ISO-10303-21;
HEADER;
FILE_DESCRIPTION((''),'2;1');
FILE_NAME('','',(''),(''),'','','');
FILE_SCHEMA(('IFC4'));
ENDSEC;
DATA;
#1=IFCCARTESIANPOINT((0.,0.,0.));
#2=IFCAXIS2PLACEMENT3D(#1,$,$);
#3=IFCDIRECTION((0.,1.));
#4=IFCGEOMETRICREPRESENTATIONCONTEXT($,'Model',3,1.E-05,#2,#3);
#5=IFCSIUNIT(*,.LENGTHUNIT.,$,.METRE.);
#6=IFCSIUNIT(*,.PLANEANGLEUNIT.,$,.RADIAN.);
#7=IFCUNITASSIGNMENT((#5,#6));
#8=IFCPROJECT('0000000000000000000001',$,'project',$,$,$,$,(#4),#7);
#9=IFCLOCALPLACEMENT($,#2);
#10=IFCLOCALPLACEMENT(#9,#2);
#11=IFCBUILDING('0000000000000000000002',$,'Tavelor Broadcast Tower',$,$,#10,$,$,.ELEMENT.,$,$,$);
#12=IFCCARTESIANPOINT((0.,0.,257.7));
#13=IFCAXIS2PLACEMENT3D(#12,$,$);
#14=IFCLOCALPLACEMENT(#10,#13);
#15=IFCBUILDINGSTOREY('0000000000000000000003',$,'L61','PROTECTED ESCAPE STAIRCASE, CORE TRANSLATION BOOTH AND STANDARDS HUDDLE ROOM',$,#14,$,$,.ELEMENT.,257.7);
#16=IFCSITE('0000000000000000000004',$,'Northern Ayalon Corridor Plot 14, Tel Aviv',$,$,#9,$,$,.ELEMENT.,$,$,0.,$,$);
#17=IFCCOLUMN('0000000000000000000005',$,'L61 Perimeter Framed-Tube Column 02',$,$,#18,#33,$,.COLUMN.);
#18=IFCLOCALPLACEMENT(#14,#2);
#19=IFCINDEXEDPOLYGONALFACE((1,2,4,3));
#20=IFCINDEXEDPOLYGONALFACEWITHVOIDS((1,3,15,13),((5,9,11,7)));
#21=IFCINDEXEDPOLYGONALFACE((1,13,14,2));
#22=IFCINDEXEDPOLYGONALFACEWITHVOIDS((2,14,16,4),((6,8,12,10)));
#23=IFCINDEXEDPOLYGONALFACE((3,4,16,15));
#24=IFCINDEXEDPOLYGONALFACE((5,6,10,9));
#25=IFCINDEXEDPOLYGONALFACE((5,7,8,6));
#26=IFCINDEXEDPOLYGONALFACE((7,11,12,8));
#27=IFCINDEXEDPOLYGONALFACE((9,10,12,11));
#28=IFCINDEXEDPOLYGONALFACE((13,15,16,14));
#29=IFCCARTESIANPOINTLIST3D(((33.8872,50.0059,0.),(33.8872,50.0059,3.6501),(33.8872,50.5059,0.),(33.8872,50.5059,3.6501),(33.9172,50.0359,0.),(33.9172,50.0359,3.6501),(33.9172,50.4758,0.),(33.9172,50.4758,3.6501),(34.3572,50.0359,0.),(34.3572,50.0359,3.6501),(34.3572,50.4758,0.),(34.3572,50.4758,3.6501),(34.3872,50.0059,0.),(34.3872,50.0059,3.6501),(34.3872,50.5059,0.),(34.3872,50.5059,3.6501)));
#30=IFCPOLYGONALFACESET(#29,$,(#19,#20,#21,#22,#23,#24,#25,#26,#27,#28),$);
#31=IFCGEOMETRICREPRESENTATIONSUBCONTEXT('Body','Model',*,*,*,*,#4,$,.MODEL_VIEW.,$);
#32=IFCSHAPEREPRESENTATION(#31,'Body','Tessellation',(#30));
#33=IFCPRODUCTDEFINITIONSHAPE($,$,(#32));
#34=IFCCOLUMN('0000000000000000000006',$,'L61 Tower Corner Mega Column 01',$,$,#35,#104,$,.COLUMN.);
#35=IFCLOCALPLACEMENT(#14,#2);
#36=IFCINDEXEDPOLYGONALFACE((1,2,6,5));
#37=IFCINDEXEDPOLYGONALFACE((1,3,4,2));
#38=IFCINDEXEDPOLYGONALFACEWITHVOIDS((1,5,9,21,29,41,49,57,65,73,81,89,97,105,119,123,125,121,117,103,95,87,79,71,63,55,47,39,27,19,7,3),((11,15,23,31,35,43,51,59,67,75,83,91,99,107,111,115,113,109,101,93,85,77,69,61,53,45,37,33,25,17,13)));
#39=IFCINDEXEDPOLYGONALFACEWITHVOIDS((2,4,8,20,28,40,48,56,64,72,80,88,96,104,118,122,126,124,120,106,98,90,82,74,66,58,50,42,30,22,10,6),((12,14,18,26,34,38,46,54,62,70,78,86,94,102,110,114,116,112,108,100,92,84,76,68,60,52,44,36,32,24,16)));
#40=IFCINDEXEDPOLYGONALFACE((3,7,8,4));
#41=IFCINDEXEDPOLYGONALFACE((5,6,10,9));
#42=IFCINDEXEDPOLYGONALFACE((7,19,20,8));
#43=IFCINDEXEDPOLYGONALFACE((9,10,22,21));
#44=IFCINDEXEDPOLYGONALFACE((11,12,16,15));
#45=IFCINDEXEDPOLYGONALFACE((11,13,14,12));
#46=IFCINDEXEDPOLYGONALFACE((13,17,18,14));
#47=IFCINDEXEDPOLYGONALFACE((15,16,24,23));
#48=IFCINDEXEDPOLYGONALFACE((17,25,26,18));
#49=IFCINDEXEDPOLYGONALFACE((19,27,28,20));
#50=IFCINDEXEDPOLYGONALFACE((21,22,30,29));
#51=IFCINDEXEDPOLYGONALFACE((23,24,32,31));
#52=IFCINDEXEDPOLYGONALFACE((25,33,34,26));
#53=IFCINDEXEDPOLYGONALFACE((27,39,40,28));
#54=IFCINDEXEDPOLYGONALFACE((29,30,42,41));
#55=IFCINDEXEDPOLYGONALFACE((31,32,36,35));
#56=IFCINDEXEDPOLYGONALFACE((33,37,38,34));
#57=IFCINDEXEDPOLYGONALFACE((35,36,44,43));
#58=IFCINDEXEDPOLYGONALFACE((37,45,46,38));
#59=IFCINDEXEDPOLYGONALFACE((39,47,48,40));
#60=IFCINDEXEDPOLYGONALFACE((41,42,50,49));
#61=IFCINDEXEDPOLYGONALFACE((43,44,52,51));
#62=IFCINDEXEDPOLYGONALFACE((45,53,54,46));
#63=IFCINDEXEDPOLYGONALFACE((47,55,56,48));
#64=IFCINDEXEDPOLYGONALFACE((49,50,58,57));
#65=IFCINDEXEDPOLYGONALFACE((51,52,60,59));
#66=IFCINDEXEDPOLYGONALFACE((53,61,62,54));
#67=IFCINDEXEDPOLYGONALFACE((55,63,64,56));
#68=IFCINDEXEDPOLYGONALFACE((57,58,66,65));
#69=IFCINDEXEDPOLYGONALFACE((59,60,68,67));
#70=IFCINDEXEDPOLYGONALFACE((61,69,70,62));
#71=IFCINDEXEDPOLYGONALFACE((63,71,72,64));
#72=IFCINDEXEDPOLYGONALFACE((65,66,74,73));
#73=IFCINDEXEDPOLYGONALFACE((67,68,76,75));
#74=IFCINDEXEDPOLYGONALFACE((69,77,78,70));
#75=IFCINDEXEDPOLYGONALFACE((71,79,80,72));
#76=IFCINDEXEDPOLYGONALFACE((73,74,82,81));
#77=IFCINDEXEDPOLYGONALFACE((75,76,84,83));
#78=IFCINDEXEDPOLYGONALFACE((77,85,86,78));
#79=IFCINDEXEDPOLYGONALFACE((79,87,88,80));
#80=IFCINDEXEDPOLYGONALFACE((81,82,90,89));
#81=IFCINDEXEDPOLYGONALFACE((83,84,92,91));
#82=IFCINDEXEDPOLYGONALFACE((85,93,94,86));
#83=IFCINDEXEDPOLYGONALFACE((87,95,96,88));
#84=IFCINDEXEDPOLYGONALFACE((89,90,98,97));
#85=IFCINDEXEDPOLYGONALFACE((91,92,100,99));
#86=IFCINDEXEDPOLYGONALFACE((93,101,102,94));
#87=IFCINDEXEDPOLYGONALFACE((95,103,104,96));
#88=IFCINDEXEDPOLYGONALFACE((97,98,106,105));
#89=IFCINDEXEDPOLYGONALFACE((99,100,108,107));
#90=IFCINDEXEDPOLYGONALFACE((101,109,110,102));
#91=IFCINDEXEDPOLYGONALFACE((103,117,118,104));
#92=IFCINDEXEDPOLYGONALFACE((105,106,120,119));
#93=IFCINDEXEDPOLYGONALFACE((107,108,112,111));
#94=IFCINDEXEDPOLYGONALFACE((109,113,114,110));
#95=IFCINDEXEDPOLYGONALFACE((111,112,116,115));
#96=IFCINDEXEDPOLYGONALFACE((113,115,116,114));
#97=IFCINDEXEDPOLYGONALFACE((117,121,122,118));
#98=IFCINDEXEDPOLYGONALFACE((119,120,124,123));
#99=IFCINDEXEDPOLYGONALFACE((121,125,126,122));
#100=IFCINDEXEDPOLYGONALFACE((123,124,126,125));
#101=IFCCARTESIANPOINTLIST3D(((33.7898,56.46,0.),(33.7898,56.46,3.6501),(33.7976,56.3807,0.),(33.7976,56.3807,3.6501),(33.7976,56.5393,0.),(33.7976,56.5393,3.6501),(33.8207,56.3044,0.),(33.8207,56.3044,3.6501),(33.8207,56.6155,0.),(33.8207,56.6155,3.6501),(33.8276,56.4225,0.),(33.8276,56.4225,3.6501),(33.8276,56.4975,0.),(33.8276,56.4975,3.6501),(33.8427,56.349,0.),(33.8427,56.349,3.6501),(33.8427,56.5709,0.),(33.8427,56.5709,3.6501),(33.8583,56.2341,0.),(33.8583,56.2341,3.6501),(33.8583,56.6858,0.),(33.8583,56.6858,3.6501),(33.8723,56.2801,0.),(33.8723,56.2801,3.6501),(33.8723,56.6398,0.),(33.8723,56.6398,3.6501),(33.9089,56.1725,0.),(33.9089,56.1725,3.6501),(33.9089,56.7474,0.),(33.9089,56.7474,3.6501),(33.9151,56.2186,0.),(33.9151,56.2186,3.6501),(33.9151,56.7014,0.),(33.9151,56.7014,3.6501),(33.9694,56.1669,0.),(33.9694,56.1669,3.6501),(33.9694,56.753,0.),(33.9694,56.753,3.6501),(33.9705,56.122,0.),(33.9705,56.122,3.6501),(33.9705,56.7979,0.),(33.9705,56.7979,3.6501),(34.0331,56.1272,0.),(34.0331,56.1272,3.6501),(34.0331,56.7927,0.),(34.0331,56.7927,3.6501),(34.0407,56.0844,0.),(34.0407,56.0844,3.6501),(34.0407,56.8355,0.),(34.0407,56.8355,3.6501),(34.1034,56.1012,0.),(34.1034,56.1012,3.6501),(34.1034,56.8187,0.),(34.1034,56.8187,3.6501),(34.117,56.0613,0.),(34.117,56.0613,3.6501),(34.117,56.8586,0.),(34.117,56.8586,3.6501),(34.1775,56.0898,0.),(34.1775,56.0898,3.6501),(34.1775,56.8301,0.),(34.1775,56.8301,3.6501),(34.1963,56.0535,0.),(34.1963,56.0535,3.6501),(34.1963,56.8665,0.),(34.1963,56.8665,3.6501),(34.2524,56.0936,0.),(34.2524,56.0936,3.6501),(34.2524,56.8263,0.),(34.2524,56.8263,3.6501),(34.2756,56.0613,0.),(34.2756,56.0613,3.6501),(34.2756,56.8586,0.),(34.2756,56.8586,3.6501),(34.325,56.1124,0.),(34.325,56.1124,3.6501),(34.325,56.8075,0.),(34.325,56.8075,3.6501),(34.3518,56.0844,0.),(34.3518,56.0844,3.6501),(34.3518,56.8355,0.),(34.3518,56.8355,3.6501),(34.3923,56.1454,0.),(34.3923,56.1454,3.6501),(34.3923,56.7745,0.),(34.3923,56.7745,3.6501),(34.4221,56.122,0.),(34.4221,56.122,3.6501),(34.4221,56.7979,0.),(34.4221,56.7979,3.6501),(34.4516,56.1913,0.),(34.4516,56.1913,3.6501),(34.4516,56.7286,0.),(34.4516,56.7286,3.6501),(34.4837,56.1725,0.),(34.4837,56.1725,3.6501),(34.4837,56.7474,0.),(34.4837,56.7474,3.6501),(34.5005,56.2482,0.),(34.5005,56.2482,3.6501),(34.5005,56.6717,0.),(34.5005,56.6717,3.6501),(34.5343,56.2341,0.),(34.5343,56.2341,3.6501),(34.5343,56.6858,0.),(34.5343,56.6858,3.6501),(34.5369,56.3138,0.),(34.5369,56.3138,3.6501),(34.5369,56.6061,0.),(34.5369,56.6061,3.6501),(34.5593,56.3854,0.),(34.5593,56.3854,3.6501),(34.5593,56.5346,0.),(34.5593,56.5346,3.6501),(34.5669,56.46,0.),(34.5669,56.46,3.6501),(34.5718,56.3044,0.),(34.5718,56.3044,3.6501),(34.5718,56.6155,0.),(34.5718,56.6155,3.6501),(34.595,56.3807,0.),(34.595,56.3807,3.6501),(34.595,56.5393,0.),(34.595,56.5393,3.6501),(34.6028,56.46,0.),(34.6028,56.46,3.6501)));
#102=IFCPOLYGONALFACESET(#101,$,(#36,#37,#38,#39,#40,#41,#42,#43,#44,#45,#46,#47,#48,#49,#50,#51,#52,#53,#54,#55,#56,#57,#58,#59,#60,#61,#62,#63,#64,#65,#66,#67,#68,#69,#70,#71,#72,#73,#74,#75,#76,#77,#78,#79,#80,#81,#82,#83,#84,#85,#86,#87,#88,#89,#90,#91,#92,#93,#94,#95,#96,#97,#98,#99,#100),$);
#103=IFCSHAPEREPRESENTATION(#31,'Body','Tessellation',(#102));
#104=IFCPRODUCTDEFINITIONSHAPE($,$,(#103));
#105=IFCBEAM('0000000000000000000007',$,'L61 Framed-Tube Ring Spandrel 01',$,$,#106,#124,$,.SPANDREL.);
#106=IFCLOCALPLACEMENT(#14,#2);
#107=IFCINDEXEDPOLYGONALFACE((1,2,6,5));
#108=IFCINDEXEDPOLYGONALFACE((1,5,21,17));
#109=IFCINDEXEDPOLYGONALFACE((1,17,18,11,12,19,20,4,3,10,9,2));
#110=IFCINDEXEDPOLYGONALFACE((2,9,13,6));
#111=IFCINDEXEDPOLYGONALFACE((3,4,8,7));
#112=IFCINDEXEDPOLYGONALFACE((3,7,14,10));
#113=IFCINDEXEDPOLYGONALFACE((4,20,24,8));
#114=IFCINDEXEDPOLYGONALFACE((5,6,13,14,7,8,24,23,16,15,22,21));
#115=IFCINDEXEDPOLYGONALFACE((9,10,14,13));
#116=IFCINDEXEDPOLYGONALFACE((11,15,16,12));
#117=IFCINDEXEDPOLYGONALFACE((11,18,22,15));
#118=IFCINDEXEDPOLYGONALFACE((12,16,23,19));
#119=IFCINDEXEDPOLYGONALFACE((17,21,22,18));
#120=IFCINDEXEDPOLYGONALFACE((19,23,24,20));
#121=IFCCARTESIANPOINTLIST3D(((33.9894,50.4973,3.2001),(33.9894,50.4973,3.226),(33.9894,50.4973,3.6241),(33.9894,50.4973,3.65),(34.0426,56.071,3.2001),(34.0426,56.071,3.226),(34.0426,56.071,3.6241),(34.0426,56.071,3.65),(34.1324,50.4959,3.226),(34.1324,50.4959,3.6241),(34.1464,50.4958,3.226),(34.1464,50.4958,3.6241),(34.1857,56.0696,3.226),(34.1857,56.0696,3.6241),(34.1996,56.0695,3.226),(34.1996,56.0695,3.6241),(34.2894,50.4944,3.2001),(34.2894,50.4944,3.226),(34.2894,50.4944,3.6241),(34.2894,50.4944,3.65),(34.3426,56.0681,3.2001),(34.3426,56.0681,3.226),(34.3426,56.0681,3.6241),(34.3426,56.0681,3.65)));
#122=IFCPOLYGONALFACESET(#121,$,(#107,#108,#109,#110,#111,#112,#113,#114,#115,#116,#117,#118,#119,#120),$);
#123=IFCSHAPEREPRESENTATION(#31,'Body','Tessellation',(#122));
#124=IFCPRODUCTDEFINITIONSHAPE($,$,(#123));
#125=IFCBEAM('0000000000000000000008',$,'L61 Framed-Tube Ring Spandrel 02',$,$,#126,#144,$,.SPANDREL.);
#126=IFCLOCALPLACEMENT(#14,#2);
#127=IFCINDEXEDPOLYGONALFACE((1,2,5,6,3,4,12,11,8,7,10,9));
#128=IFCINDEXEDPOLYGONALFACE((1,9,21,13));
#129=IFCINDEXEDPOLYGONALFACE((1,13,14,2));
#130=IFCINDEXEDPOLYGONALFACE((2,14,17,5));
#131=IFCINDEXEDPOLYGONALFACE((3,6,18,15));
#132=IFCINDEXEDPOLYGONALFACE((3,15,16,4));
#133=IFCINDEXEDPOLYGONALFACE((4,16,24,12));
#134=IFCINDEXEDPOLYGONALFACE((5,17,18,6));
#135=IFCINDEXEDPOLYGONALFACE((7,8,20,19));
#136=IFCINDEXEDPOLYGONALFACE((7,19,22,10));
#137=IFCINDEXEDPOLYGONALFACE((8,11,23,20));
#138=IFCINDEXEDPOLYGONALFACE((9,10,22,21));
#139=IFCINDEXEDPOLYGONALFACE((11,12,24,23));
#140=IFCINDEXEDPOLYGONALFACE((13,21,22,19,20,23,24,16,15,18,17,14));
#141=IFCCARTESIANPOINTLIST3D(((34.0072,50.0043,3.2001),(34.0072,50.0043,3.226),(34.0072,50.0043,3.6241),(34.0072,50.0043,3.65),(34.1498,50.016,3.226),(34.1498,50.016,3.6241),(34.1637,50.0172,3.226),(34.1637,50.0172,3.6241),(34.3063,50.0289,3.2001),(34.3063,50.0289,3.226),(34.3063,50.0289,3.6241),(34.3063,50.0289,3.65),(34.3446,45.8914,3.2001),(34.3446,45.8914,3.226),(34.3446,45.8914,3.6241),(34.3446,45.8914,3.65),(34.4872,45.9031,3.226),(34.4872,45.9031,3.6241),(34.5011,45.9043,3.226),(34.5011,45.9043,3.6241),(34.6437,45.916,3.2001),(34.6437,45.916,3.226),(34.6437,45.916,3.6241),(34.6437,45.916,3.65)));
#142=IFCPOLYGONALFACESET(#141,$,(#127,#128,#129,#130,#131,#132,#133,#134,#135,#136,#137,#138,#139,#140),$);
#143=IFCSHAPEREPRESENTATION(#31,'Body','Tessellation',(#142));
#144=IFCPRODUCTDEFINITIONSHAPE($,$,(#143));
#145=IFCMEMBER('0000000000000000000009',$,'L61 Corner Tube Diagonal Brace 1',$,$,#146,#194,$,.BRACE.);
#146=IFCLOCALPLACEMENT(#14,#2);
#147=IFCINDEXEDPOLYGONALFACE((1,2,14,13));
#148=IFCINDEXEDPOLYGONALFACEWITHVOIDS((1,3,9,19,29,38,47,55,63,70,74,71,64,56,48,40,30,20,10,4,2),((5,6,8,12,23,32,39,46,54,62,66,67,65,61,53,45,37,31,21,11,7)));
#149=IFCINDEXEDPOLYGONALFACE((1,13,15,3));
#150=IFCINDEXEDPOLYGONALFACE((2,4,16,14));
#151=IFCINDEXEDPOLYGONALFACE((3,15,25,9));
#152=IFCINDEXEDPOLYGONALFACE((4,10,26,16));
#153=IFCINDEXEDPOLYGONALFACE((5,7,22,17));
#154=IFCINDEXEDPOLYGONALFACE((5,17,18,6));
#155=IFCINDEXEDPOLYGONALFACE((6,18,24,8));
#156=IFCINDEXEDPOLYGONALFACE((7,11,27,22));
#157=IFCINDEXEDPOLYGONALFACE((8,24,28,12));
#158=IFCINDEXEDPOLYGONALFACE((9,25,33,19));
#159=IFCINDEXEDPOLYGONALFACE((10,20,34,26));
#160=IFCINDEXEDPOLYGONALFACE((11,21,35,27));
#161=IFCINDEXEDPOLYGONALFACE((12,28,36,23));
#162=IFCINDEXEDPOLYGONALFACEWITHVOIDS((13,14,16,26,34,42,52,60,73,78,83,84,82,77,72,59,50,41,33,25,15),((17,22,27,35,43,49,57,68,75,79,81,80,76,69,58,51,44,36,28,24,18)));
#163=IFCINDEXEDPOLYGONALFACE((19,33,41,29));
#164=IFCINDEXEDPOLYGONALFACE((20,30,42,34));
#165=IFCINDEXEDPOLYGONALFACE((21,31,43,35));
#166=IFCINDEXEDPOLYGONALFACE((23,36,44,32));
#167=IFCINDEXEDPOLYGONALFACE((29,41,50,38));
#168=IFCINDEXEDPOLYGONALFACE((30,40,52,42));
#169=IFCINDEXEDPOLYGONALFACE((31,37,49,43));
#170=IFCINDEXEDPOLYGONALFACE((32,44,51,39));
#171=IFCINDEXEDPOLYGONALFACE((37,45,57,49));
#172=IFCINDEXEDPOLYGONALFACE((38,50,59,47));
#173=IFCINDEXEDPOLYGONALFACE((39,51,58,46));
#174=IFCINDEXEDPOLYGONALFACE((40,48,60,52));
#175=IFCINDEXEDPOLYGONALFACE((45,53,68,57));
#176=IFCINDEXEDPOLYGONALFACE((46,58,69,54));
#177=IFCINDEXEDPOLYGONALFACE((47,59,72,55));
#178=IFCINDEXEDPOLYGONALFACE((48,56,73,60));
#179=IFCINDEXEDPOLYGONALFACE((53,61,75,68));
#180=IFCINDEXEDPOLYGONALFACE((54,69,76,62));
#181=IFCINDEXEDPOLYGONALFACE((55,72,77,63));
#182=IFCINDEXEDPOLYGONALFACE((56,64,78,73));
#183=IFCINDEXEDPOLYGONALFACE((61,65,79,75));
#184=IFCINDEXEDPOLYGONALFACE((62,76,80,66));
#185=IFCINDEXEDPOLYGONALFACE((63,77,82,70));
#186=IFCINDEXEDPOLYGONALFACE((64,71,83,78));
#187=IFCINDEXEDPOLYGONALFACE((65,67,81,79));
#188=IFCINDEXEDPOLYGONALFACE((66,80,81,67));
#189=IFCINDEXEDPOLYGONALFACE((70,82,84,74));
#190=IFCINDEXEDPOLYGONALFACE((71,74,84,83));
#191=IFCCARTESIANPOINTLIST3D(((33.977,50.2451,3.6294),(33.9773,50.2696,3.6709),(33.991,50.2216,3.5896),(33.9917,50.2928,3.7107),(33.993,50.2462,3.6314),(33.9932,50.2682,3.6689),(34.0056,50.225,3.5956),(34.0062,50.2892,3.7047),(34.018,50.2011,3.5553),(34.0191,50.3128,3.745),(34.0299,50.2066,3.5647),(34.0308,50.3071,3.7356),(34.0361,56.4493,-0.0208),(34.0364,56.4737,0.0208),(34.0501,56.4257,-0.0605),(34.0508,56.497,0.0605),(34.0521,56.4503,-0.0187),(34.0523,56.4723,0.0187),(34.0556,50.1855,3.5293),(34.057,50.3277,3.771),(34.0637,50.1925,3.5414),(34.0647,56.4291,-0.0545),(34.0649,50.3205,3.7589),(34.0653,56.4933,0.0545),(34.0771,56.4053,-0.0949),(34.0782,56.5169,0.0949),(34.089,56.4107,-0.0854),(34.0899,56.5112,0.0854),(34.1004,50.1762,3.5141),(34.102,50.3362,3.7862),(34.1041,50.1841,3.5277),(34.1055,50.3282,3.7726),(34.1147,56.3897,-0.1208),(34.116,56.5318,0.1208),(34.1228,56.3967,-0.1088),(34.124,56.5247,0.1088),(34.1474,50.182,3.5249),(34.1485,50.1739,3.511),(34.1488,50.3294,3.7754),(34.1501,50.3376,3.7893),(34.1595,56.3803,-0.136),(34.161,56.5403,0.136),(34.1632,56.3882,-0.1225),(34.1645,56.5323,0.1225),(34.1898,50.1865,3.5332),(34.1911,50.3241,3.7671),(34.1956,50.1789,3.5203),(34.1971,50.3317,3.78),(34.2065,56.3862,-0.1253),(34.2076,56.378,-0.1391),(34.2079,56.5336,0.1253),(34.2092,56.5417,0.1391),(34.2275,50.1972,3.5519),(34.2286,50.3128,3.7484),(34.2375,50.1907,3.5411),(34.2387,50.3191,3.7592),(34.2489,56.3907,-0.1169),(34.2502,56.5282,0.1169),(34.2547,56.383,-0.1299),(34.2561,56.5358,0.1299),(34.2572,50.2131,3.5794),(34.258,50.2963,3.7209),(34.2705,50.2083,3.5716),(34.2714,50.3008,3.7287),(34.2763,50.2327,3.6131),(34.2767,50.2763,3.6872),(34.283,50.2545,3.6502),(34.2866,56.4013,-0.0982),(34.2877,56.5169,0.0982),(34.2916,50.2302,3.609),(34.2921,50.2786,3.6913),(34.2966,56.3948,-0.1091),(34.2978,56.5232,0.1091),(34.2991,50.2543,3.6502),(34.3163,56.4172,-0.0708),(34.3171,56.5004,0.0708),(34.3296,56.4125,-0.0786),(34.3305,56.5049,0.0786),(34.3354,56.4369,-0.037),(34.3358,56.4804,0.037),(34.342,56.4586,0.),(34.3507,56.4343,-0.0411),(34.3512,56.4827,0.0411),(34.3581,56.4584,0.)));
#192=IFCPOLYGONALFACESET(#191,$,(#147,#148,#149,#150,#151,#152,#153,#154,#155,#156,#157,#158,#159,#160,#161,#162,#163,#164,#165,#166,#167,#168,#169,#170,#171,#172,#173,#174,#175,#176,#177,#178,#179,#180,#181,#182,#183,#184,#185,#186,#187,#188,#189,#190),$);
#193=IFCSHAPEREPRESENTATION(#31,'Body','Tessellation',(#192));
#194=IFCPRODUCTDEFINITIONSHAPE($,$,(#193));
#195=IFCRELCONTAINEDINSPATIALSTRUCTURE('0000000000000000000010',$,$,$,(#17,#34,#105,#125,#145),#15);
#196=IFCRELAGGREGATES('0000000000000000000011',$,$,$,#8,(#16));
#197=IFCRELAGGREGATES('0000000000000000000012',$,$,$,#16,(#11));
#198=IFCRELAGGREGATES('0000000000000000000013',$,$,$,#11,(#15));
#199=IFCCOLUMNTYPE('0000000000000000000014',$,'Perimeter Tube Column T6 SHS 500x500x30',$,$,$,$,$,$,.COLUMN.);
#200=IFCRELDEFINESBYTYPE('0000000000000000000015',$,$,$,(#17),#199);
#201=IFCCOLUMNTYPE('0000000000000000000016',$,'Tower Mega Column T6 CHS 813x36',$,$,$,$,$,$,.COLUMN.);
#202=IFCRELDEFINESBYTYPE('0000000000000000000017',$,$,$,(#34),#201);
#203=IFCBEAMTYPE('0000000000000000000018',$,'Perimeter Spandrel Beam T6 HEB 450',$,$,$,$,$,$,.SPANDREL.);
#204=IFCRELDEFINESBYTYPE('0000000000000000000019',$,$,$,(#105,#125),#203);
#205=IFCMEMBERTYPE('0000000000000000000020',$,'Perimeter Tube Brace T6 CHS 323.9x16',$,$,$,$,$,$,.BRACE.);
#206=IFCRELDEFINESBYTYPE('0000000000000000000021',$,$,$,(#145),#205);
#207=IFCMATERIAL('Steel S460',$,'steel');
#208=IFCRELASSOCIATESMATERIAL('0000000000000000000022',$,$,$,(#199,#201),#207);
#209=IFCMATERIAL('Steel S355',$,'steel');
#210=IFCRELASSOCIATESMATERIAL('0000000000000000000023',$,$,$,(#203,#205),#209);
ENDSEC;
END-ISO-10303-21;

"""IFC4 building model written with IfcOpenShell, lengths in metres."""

from ifc_helpers import new_model, si_unit, direction, frame, origin, origin_2d, place, context, subcontext, project, spatial, hollow_rectangle, hollow_circle, i_section, extrude, material, material_profile, profile_set, type_object, element, save


model = new_model("IFC4")

# Units and contexts
model_context = context("Model", 3, precision=1e-05, world=origin(), true_north=direction((0.0, 1.0)))
body_context = subcontext(model_context, "Body", "Model", "MODEL_VIEW")
ifc_project = project(units=[si_unit("LENGTHUNIT", "METRE"), si_unit("PLANEANGLEUNIT", "RADIAN")], contexts=[model_context])

# Site, building, storey
site_placement = place(None, origin())
site = spatial("IfcSite", under=ifc_project, at=site_placement, Name="Northern Ayalon Corridor Plot 14, Tel Aviv", CompositionType="ELEMENT", RefElevation=0.0)
building_placement = place(site_placement, origin())
building = spatial("IfcBuilding", under=site, at=building_placement, Name="Tavelor Broadcast Tower", CompositionType="ELEMENT")
storey_placement = place(building_placement, frame((0.0, 0.0, 257.7)))
storey = spatial("IfcBuildingStorey", under=building, at=storey_placement, Name="L61", Description="PROTECTED ESCAPE STAIRCASE, CORE TRANSLATION BOOTH AND STANDARDS HUDDLE ROOM", CompositionType="ELEMENT", Elevation=257.7)

# Columns
ifc_material_1 = material(Name="Steel S460", Category="steel")
ifc_material_profile_1 = material_profile(ifc_material_1, hollow_rectangle(XDim=0.5, YDim=0.5, WallThickness=0.03, at=origin_2d()), Name="SHS 500x500x30")
ifc_profile_set_1 = profile_set([ifc_material_profile_1], Name="Steel S460")
column_type_1 = type_object("IfcColumnType", Name="Perimeter Tube Column T6 SHS 500x500x30", PredefinedType="COLUMN", material=ifc_profile_set_1)
column_1_placement = place(storey_placement, frame((34.1372, 50.2559, 0.0), z_axis=(0.0, 0.0, 1.0), x_axis=(1.0, 0.0, 0.0)))
element("IfcColumn", 1, at=column_1_placement, inside=storey, type_object=column_type_1, Name="L61 Perimeter Framed-Tube Column 02", PredefinedType="COLUMN", context=body_context, shape_type="SweptSolid", body=[
    extrude(hollow_rectangle(XDim=0.5, YDim=0.5, WallThickness=0.03, at=origin_2d()), origin(), (0.0, 0.0, 1.0), 3.6501),
])
ifc_material_profile_2 = material_profile(ifc_material_1, hollow_circle(Radius=0.4065, WallThickness=0.0359, at=origin_2d()), Name="CHS 813x36")
ifc_profile_set_2 = profile_set([ifc_material_profile_2], Name="Steel S460")
column_type_2 = type_object("IfcColumnType", Name="Tower Mega Column T6 CHS 813x36", PredefinedType="COLUMN", material=ifc_profile_set_2)
column_2_placement = place(storey_placement, frame((34.1963, 56.46, 0.0), z_axis=(0.0, 0.0, 1.0), x_axis=(1.0, 0.0, 0.0)))
element("IfcColumn", 2, at=column_2_placement, inside=storey, type_object=column_type_2, Name="L61 Tower Corner Mega Column 01", PredefinedType="COLUMN", context=body_context, shape_type="SweptSolid", body=[
    extrude(hollow_circle(Radius=0.4065, WallThickness=0.0359, at=origin_2d()), origin(), (0.0, 0.0, 1.0), 3.6501),
])

# Beams
ifc_material_2 = material(Name="Steel S355", Category="steel")
ifc_material_profile_3 = material_profile(ifc_material_2, i_section(OverallWidth=0.3, OverallDepth=0.45, WebThickness=0.0139, FlangeThickness=0.0259, at=origin_2d()), Name="HEB 450")
ifc_profile_set_3 = profile_set([ifc_material_profile_3], Name="Steel S355")
beam_type = type_object("IfcBeamType", Name="Perimeter Spandrel Beam T6 HEB 450", PredefinedType="SPANDREL", material=ifc_profile_set_3)
beam_1_placement = place(storey_placement, frame((34.1926, 56.0696, 3.425), z_axis=(-0.009548, -0.999954, 0.0), x_axis=(0.999954, -0.009548, 0.0)))
element("IfcBeam", 3, at=beam_1_placement, inside=storey, type_object=beam_type, Name="L61 Framed-Tube Ring Spandrel 01", PredefinedType="SPANDREL", context=body_context, shape_type="SweptSolid", body=[
    extrude(i_section(OverallWidth=0.3, OverallDepth=0.45, WebThickness=0.0139, FlangeThickness=0.0259, at=origin_2d()), origin(), (0.0, 0.0, 1.0), 5.574),
])
beam_2_placement = place(storey_placement, frame((34.1567, 50.0166, 3.425), z_axis=(0.081763, -0.996652, 0.0), x_axis=(0.996652, 0.081763, 0.0)))
element("IfcBeam", 4, at=beam_2_placement, inside=storey, type_object=beam_type, Name="L61 Framed-Tube Ring Spandrel 02", PredefinedType="SPANDREL", context=body_context, shape_type="SweptSolid", body=[
    extrude(i_section(OverallWidth=0.3, OverallDepth=0.45, WebThickness=0.0139, FlangeThickness=0.0259, at=origin_2d()), origin(), (0.0, 0.0, 1.0), 4.1267),
])

# Member
ifc_material_profile_4 = material_profile(ifc_material_2, hollow_circle(Radius=0.1619, WallThickness=0.0161, at=origin_2d()), Name="CHS 323.9x16")
ifc_profile_set_4 = profile_set([ifc_material_profile_4], Name="Steel S355")
member_type_1 = type_object("IfcMemberType", Name="Perimeter Tube Brace T6 CHS 323.9x16", PredefinedType="BRACE", material=ifc_profile_set_4)
member_1_placement = place(storey_placement, frame((34.1963, 56.46, 0.0), z_axis=(-0.008208, -0.861864, 0.507073), x_axis=(0.999955, -0.009523, 0.0)))
element("IfcMember", 5, at=member_1_placement, inside=storey, type_object=member_type_1, Name="L61 Corner Tube Diagonal Brace 1", PredefinedType="BRACE", context=body_context, shape_type="SweptSolid", body=[
    extrude(hollow_circle(Radius=0.1619, WallThickness=0.0161, at=origin_2d()), origin(), (0.0, 0.0, 1.0), 7.1985),
])

save(model, "model.ifc")
